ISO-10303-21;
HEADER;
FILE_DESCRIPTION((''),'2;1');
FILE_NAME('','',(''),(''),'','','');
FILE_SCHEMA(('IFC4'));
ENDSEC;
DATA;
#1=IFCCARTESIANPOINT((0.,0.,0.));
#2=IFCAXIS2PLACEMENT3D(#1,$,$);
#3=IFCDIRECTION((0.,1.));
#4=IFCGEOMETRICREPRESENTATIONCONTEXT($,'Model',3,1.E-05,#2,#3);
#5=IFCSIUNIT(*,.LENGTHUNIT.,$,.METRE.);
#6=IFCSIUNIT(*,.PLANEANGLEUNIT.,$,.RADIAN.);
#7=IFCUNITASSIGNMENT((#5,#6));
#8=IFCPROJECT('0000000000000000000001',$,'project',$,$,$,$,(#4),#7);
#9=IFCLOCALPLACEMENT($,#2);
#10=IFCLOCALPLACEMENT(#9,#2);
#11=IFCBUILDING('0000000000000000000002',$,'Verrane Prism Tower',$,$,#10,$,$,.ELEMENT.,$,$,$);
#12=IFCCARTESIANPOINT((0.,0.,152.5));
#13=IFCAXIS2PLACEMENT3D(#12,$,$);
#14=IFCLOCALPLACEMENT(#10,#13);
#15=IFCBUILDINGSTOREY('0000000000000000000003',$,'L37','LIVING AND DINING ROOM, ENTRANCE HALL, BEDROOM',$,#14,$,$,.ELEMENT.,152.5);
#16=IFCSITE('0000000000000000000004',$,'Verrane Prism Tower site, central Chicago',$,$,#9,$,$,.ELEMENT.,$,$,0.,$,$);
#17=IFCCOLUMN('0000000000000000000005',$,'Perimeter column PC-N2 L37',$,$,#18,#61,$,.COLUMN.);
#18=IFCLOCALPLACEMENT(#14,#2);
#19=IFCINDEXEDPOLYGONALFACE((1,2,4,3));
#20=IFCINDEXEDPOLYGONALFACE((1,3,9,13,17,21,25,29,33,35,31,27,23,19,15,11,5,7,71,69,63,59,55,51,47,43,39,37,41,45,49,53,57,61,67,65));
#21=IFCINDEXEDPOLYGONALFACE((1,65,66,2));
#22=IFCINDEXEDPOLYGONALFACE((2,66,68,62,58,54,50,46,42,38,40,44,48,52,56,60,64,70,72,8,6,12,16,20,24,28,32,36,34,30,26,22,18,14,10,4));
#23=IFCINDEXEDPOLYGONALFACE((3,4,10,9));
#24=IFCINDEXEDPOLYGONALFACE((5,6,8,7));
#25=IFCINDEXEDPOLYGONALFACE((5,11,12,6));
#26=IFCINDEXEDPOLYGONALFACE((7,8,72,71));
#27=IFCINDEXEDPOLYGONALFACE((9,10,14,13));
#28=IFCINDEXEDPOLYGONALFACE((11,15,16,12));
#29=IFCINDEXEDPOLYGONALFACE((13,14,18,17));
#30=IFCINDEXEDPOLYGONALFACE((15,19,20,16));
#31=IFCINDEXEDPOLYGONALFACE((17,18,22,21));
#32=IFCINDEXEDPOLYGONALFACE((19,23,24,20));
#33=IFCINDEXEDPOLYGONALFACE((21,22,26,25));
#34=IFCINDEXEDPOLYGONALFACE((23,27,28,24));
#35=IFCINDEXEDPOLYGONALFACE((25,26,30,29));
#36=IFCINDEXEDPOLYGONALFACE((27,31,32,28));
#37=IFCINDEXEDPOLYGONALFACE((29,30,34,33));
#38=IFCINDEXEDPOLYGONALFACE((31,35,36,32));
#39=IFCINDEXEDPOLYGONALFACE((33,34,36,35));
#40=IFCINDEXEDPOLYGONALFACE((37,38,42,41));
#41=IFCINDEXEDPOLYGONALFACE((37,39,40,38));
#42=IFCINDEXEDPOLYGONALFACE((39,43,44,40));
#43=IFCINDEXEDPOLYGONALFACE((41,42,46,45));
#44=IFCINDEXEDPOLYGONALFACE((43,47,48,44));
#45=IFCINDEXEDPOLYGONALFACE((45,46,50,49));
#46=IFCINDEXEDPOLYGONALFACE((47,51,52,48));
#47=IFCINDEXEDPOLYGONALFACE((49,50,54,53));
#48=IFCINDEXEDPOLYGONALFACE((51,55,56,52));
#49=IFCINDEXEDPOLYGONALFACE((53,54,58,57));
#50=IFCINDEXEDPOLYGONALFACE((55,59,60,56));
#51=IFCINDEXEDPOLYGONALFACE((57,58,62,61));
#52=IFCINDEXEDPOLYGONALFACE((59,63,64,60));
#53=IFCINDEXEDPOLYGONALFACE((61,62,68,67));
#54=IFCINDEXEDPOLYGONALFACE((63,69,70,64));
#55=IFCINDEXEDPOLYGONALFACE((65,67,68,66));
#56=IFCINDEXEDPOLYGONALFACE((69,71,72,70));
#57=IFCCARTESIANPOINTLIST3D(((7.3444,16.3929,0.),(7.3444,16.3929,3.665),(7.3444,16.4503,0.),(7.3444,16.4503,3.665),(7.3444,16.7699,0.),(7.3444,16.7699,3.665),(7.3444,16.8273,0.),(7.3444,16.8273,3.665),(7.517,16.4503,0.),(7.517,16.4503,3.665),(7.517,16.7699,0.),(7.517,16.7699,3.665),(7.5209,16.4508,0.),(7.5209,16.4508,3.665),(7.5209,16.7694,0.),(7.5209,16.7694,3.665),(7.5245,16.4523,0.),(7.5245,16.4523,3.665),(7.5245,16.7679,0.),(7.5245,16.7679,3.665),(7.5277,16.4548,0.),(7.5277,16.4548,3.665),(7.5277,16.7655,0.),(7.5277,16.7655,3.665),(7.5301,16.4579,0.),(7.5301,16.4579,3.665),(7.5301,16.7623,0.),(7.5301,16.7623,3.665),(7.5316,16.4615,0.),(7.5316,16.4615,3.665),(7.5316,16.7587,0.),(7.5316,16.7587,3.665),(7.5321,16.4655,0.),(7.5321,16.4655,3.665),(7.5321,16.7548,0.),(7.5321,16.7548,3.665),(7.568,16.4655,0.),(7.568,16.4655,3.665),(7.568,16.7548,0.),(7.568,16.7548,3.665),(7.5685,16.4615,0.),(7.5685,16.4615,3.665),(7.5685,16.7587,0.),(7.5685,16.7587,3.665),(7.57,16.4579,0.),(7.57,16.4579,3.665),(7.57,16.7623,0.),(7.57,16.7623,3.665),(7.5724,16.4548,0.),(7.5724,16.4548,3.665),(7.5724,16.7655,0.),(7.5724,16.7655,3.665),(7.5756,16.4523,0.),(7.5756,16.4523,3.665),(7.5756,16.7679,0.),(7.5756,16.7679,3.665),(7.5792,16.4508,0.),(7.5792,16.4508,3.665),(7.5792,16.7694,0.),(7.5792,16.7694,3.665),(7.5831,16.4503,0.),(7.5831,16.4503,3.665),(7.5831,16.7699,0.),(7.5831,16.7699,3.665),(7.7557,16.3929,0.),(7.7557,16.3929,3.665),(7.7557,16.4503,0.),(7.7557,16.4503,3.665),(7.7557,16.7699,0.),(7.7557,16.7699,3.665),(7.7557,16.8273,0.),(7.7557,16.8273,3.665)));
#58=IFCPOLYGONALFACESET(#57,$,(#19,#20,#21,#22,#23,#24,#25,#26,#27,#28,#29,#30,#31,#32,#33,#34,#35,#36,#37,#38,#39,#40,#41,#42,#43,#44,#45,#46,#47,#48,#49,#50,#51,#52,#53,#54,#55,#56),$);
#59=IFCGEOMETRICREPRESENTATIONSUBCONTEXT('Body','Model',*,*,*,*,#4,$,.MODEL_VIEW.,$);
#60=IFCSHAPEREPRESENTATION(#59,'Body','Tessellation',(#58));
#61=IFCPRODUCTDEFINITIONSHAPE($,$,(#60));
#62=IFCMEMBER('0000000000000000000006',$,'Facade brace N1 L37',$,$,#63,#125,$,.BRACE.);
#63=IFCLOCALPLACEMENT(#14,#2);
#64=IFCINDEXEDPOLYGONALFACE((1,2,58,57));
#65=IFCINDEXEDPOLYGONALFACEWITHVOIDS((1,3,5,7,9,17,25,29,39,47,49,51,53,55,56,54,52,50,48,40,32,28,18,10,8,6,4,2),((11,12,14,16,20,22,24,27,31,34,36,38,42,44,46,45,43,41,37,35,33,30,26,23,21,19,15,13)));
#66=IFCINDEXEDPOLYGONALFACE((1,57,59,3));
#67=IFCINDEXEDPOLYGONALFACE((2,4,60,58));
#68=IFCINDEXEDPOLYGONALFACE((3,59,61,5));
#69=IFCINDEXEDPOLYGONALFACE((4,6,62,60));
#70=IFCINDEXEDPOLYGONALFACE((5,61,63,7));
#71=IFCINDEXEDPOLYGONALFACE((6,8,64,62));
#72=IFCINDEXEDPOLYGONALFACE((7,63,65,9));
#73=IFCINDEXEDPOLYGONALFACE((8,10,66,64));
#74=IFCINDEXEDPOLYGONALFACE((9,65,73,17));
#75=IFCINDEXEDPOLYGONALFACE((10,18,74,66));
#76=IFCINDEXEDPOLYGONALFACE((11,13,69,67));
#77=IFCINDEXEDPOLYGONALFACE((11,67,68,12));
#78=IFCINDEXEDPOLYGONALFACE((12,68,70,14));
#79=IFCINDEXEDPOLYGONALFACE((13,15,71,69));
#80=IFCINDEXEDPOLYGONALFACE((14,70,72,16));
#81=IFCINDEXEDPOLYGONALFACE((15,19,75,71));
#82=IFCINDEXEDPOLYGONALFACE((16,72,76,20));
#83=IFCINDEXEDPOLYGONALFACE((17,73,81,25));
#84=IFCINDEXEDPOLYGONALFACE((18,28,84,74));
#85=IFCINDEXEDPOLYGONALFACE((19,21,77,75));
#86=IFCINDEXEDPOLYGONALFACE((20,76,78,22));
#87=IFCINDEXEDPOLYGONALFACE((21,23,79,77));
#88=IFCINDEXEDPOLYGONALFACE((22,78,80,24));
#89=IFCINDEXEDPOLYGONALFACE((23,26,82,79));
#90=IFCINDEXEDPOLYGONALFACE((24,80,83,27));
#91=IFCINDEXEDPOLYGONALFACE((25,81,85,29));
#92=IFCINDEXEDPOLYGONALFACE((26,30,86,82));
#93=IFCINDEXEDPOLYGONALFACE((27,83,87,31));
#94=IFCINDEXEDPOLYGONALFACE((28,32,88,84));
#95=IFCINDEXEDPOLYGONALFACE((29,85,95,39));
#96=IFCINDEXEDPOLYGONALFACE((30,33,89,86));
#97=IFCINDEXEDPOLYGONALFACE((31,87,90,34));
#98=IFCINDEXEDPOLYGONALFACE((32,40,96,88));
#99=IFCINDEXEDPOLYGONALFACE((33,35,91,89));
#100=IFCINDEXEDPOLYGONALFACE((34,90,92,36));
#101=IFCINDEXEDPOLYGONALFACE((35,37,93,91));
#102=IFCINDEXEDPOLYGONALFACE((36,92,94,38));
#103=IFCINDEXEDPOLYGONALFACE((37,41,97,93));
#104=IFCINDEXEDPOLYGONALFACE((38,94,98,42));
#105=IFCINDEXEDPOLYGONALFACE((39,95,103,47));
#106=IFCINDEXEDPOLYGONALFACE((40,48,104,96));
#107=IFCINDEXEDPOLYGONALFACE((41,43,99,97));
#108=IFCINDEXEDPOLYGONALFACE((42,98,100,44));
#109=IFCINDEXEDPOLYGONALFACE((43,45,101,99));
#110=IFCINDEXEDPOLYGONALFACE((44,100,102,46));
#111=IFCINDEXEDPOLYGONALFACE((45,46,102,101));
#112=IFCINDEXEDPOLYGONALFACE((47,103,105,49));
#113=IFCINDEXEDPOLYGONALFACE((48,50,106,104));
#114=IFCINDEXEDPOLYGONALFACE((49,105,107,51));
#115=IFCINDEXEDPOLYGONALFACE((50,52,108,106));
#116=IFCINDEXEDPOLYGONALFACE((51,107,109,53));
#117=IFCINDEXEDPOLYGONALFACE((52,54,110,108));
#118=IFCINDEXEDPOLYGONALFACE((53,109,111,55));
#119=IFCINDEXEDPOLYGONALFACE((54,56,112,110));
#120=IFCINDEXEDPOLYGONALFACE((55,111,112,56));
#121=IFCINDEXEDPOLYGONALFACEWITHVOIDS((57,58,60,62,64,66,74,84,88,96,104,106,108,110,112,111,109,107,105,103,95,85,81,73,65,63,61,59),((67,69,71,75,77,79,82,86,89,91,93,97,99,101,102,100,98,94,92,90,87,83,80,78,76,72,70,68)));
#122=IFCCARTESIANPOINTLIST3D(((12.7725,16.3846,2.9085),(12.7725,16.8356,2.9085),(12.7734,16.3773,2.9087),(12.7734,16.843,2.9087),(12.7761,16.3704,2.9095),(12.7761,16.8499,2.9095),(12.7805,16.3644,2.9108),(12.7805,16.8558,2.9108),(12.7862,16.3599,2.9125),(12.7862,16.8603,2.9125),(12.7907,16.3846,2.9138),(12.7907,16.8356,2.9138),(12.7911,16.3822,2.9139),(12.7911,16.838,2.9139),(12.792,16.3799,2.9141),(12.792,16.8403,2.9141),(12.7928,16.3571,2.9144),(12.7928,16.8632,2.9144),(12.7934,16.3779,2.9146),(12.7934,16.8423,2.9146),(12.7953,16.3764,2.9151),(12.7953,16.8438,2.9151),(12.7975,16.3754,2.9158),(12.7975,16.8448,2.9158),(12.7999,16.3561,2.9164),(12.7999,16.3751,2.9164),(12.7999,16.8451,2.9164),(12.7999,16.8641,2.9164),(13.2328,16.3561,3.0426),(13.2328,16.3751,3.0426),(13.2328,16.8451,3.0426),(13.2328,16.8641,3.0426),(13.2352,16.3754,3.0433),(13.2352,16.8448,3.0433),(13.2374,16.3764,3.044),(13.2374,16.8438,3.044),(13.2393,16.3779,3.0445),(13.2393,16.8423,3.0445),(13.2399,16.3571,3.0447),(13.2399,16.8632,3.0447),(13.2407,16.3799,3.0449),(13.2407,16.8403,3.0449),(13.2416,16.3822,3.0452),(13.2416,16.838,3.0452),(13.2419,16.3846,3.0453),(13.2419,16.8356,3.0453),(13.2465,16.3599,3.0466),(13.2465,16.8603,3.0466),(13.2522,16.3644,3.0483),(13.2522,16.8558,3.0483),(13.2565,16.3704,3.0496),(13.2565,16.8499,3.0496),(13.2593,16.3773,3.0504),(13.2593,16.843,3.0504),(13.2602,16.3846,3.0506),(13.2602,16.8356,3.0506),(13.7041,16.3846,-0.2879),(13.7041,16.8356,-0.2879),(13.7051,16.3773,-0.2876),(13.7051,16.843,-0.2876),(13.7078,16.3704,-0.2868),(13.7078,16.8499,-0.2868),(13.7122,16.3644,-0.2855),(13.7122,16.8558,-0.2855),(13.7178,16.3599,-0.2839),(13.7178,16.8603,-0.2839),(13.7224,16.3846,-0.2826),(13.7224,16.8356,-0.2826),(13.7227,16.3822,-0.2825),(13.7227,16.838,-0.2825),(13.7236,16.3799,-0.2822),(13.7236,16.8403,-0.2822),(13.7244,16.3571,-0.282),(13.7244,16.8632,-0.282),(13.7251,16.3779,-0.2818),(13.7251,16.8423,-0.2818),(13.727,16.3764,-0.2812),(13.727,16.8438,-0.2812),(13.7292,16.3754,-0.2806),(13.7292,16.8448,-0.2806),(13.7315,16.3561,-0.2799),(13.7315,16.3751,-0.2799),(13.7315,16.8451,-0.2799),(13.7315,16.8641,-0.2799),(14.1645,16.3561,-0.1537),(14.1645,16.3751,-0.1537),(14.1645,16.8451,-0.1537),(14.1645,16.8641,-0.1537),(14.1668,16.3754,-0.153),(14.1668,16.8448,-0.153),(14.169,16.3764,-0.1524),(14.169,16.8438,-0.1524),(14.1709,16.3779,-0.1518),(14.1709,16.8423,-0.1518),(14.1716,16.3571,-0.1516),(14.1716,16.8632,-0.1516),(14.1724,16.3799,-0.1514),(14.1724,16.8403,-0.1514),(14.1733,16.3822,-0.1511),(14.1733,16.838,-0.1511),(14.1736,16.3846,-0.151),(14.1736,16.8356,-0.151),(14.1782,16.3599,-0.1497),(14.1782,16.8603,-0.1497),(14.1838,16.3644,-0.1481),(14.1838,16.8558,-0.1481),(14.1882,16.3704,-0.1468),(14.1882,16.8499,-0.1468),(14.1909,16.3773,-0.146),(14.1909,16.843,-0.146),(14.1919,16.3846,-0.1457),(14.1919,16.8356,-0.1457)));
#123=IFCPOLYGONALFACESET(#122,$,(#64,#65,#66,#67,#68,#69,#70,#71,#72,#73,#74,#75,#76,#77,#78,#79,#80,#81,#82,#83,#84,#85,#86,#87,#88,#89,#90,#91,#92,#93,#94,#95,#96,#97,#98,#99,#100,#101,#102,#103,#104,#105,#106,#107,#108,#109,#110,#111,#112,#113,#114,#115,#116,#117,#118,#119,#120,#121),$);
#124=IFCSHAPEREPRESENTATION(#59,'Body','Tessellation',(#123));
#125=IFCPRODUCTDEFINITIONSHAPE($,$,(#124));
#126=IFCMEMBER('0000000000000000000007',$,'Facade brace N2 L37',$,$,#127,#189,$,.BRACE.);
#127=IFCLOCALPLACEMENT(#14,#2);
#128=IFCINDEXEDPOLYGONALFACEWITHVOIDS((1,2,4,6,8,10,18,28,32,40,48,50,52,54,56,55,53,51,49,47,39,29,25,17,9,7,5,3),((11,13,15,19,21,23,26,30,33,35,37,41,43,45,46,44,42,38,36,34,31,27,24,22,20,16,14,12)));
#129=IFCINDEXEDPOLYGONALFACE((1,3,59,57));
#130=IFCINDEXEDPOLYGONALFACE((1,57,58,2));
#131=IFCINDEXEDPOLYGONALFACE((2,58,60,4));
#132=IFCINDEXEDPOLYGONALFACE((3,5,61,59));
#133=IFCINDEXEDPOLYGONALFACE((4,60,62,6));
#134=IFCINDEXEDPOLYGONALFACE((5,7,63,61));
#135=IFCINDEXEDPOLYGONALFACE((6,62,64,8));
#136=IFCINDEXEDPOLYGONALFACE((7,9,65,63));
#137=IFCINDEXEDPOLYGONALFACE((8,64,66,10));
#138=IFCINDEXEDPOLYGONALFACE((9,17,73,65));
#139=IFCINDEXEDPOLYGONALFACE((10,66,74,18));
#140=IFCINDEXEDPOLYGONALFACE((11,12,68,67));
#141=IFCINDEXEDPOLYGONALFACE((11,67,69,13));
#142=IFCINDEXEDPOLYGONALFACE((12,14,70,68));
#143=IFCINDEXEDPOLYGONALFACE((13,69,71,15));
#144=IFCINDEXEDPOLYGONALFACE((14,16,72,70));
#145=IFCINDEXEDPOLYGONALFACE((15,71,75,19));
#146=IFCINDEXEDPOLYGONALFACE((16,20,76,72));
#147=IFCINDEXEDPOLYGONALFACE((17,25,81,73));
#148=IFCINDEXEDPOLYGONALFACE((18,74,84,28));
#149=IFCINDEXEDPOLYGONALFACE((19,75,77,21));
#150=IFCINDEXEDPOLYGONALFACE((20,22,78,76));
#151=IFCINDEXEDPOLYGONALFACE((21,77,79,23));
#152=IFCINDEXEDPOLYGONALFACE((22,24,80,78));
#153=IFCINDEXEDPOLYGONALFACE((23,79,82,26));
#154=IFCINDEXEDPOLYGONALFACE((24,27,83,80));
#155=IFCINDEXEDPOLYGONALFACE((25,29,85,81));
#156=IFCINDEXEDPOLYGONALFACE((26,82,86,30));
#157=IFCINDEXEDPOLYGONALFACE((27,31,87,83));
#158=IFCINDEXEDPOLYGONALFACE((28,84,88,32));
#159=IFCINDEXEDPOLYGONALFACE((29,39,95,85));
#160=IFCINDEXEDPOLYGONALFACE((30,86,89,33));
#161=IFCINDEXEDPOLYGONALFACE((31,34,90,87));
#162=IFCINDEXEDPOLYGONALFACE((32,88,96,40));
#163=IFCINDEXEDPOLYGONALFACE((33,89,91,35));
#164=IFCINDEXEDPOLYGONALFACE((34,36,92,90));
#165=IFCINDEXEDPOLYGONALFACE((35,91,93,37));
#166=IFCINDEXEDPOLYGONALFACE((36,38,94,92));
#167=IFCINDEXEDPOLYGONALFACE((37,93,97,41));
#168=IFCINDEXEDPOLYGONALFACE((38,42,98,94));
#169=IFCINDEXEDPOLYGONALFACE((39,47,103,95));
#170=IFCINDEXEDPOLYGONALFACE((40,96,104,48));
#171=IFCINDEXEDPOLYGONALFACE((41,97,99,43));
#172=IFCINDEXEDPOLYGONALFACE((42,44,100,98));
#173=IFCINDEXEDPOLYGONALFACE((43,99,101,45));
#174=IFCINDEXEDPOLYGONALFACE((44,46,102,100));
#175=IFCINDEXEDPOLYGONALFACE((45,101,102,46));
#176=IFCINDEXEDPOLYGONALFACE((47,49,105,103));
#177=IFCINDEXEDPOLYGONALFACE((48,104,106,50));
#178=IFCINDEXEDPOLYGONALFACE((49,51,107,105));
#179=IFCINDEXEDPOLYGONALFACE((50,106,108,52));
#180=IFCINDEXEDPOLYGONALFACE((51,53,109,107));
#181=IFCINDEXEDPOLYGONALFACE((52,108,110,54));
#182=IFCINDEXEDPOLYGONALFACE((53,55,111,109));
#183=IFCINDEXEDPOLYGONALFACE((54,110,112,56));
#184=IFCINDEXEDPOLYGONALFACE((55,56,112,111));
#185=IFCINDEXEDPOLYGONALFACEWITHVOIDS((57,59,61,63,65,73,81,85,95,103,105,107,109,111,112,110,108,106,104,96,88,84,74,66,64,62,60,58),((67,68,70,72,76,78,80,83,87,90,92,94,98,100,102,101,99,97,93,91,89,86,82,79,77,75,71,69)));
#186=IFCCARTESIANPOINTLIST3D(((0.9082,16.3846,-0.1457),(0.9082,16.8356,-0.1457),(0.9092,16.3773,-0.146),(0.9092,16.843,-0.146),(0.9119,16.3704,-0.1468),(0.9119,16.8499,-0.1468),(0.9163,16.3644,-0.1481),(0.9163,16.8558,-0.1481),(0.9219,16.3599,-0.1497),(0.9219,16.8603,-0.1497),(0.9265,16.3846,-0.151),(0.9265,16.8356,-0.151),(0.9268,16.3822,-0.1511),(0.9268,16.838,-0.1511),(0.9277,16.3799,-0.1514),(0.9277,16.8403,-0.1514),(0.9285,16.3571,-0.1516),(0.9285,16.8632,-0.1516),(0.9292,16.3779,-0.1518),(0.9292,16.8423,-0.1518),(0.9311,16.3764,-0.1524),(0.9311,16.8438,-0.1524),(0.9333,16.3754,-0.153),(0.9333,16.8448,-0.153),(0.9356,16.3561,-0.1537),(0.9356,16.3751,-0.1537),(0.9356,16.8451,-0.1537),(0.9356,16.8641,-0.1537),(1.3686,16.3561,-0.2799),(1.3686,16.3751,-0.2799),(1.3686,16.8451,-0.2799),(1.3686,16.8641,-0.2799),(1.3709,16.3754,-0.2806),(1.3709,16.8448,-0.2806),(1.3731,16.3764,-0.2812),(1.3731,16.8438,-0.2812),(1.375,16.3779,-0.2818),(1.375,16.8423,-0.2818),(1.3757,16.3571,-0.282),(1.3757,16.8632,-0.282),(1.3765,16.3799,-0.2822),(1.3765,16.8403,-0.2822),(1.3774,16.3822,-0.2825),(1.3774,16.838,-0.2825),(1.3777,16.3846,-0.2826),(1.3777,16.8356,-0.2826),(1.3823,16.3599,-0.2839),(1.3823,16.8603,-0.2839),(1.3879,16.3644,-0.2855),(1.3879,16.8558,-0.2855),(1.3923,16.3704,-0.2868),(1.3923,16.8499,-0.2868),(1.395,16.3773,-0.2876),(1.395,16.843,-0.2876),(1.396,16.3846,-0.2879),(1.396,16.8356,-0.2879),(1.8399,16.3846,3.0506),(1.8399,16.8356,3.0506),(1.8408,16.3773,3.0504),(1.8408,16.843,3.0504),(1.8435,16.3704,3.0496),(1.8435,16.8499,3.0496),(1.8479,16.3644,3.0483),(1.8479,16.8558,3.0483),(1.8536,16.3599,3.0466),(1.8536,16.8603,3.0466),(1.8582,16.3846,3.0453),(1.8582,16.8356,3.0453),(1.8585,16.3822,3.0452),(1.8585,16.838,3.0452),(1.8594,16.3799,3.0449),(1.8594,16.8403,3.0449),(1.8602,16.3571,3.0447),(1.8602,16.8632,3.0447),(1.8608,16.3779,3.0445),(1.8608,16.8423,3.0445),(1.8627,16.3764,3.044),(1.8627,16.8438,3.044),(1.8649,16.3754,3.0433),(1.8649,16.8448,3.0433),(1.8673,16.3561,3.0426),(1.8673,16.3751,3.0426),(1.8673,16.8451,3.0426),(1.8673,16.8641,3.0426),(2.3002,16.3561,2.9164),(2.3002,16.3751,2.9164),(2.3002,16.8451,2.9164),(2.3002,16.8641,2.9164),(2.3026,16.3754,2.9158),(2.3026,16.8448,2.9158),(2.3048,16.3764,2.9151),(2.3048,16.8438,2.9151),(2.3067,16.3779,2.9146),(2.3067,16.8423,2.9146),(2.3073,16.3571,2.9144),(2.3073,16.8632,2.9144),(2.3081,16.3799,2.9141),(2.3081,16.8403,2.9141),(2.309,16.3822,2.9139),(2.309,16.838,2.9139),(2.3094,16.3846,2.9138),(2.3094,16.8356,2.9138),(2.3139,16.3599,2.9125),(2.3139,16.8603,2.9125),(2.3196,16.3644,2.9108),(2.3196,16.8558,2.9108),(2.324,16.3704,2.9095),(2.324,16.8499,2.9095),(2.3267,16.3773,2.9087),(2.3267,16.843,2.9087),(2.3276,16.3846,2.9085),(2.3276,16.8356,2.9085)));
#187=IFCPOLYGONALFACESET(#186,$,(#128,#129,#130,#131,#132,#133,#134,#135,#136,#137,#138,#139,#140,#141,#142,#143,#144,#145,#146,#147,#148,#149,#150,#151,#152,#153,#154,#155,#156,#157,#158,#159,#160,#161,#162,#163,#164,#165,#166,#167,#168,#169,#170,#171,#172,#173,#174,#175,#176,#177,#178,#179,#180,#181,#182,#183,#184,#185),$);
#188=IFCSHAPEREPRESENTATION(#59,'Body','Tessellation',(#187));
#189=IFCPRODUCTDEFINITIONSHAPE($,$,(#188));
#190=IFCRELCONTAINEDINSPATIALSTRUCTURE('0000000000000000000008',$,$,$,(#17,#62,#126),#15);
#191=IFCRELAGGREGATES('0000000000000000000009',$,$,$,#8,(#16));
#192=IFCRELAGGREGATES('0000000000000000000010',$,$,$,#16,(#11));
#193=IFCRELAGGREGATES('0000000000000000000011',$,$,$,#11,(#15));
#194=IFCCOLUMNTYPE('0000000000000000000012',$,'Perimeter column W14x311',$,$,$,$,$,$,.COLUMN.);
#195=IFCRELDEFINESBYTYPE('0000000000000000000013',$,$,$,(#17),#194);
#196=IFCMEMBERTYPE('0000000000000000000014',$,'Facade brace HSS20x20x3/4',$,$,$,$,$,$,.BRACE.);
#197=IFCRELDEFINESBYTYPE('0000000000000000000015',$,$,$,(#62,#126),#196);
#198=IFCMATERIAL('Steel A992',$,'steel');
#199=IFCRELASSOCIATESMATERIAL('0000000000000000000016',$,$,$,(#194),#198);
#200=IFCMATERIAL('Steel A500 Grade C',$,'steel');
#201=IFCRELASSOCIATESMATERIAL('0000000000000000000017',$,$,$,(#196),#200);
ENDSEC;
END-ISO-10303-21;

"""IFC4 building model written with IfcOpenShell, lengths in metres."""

from ifc_helpers import new_model, si_unit, direction, frame, origin, origin_2d, place, context, subcontext, project, spatial, hollow_rectangle, i_section, extrude, material, material_profile, profile_set, type_object, element, save


model = new_model("IFC4")

# Units and contexts
model_context = context("Model", 3, precision=1e-05, world=origin(), true_north=direction((0.0, 1.0)))
body_context = subcontext(model_context, "Body", "Model", "MODEL_VIEW")
ifc_project = project(units=[si_unit("LENGTHUNIT", "METRE"), si_unit("PLANEANGLEUNIT", "RADIAN")], contexts=[model_context])

# Site, building, storey
site_placement = place(None, origin())
site = spatial("IfcSite", under=ifc_project, at=site_placement, Name="Verrane Prism Tower site, central Chicago", CompositionType="ELEMENT", RefElevation=0.0)
building_placement = place(site_placement, origin())
building = spatial("IfcBuilding", under=site, at=building_placement, Name="Verrane Prism Tower", CompositionType="ELEMENT")
storey_placement = place(building_placement, frame((0.0, 0.0, 152.5)))
storey = spatial("IfcBuildingStorey", under=building, at=storey_placement, Name="L37", Description="LIVING AND DINING ROOM, ENTRANCE HALL, BEDROOM", CompositionType="ELEMENT", Elevation=152.5)

# Column
ifc_material_1 = material(Name="Steel A992", Category="steel")
ifc_material_profile_1 = material_profile(ifc_material_1, i_section(OverallWidth=0.4114, OverallDepth=0.4343, WebThickness=0.0359, FlangeThickness=0.0574, FilletRadius=0.0151, at=origin_2d()), Name="W14x311")
ifc_profile_set_1 = profile_set([ifc_material_profile_1], Name="Steel A992")
column_type = type_object("IfcColumnType", Name="Perimeter column W14x311", PredefinedType="COLUMN", material=ifc_profile_set_1)
column_placement = place(storey_placement, frame((7.55, 16.6101, 0.0), z_axis=(0.0, 0.0, 1.0), x_axis=(1.0, 0.0, 0.0)))
element("IfcColumn", 1, at=column_placement, inside=storey, type_object=column_type, Name="Perimeter column PC-N2 L37", PredefinedType="COLUMN", context=body_context, shape_type="SweptSolid", body=[
    extrude(i_section(OverallWidth=0.4114, OverallDepth=0.4343, WebThickness=0.0359, FlangeThickness=0.0574, FilletRadius=0.0151, at=origin_2d()), origin(), (0.0, 0.0, 1.0), 3.665),
])

# Members
ifc_material_2 = material(Name="Steel A500 Grade C", Category="steel")
ifc_material_profile_2 = material_profile(ifc_material_2, hollow_rectangle(XDim=0.5081, YDim=0.5081, WallThickness=0.019, InnerFilletRadius=0.0095, OuterFilletRadius=0.0286, at=origin_2d()), Name="HSS20x20x3/4")
ifc_profile_set_2 = profile_set([ifc_material_profile_2], Name="Steel A500 Grade C")
member_type_1 = type_object("IfcMemberType", Name="Facade brace HSS20x20x3/4", PredefinedType="BRACE", material=ifc_profile_set_2)
for number, where, z_axis, x_axis, name in (
    (2, (13.948, 16.6101, -0.2168), (-0.279831, 0.0, 0.960049), (0.0, -1.0, 0.0), "Facade brace N1 L37"),
    (3, (1.1521, 16.6101, -0.2168), (0.279831, 0.0, 0.960049), (0.0, 1.0, 0.0), "Facade brace N2 L37"),
):
    element("IfcMember", number, at=place(storey_placement, frame(where, z_axis=z_axis, x_axis=x_axis)), inside=storey, type_object=member_type_1, Name=name, PredefinedType="BRACE", context=body_context, shape_type="SweptSolid", body=[
        extrude(hollow_rectangle(XDim=0.5081, YDim=0.5081, WallThickness=0.019, InnerFilletRadius=0.0095, OuterFilletRadius=0.0286, at=origin_2d()), origin(), (0.0, 0.0, 1.0), 3.3293),
    ])

save(model, "model.ifc")
